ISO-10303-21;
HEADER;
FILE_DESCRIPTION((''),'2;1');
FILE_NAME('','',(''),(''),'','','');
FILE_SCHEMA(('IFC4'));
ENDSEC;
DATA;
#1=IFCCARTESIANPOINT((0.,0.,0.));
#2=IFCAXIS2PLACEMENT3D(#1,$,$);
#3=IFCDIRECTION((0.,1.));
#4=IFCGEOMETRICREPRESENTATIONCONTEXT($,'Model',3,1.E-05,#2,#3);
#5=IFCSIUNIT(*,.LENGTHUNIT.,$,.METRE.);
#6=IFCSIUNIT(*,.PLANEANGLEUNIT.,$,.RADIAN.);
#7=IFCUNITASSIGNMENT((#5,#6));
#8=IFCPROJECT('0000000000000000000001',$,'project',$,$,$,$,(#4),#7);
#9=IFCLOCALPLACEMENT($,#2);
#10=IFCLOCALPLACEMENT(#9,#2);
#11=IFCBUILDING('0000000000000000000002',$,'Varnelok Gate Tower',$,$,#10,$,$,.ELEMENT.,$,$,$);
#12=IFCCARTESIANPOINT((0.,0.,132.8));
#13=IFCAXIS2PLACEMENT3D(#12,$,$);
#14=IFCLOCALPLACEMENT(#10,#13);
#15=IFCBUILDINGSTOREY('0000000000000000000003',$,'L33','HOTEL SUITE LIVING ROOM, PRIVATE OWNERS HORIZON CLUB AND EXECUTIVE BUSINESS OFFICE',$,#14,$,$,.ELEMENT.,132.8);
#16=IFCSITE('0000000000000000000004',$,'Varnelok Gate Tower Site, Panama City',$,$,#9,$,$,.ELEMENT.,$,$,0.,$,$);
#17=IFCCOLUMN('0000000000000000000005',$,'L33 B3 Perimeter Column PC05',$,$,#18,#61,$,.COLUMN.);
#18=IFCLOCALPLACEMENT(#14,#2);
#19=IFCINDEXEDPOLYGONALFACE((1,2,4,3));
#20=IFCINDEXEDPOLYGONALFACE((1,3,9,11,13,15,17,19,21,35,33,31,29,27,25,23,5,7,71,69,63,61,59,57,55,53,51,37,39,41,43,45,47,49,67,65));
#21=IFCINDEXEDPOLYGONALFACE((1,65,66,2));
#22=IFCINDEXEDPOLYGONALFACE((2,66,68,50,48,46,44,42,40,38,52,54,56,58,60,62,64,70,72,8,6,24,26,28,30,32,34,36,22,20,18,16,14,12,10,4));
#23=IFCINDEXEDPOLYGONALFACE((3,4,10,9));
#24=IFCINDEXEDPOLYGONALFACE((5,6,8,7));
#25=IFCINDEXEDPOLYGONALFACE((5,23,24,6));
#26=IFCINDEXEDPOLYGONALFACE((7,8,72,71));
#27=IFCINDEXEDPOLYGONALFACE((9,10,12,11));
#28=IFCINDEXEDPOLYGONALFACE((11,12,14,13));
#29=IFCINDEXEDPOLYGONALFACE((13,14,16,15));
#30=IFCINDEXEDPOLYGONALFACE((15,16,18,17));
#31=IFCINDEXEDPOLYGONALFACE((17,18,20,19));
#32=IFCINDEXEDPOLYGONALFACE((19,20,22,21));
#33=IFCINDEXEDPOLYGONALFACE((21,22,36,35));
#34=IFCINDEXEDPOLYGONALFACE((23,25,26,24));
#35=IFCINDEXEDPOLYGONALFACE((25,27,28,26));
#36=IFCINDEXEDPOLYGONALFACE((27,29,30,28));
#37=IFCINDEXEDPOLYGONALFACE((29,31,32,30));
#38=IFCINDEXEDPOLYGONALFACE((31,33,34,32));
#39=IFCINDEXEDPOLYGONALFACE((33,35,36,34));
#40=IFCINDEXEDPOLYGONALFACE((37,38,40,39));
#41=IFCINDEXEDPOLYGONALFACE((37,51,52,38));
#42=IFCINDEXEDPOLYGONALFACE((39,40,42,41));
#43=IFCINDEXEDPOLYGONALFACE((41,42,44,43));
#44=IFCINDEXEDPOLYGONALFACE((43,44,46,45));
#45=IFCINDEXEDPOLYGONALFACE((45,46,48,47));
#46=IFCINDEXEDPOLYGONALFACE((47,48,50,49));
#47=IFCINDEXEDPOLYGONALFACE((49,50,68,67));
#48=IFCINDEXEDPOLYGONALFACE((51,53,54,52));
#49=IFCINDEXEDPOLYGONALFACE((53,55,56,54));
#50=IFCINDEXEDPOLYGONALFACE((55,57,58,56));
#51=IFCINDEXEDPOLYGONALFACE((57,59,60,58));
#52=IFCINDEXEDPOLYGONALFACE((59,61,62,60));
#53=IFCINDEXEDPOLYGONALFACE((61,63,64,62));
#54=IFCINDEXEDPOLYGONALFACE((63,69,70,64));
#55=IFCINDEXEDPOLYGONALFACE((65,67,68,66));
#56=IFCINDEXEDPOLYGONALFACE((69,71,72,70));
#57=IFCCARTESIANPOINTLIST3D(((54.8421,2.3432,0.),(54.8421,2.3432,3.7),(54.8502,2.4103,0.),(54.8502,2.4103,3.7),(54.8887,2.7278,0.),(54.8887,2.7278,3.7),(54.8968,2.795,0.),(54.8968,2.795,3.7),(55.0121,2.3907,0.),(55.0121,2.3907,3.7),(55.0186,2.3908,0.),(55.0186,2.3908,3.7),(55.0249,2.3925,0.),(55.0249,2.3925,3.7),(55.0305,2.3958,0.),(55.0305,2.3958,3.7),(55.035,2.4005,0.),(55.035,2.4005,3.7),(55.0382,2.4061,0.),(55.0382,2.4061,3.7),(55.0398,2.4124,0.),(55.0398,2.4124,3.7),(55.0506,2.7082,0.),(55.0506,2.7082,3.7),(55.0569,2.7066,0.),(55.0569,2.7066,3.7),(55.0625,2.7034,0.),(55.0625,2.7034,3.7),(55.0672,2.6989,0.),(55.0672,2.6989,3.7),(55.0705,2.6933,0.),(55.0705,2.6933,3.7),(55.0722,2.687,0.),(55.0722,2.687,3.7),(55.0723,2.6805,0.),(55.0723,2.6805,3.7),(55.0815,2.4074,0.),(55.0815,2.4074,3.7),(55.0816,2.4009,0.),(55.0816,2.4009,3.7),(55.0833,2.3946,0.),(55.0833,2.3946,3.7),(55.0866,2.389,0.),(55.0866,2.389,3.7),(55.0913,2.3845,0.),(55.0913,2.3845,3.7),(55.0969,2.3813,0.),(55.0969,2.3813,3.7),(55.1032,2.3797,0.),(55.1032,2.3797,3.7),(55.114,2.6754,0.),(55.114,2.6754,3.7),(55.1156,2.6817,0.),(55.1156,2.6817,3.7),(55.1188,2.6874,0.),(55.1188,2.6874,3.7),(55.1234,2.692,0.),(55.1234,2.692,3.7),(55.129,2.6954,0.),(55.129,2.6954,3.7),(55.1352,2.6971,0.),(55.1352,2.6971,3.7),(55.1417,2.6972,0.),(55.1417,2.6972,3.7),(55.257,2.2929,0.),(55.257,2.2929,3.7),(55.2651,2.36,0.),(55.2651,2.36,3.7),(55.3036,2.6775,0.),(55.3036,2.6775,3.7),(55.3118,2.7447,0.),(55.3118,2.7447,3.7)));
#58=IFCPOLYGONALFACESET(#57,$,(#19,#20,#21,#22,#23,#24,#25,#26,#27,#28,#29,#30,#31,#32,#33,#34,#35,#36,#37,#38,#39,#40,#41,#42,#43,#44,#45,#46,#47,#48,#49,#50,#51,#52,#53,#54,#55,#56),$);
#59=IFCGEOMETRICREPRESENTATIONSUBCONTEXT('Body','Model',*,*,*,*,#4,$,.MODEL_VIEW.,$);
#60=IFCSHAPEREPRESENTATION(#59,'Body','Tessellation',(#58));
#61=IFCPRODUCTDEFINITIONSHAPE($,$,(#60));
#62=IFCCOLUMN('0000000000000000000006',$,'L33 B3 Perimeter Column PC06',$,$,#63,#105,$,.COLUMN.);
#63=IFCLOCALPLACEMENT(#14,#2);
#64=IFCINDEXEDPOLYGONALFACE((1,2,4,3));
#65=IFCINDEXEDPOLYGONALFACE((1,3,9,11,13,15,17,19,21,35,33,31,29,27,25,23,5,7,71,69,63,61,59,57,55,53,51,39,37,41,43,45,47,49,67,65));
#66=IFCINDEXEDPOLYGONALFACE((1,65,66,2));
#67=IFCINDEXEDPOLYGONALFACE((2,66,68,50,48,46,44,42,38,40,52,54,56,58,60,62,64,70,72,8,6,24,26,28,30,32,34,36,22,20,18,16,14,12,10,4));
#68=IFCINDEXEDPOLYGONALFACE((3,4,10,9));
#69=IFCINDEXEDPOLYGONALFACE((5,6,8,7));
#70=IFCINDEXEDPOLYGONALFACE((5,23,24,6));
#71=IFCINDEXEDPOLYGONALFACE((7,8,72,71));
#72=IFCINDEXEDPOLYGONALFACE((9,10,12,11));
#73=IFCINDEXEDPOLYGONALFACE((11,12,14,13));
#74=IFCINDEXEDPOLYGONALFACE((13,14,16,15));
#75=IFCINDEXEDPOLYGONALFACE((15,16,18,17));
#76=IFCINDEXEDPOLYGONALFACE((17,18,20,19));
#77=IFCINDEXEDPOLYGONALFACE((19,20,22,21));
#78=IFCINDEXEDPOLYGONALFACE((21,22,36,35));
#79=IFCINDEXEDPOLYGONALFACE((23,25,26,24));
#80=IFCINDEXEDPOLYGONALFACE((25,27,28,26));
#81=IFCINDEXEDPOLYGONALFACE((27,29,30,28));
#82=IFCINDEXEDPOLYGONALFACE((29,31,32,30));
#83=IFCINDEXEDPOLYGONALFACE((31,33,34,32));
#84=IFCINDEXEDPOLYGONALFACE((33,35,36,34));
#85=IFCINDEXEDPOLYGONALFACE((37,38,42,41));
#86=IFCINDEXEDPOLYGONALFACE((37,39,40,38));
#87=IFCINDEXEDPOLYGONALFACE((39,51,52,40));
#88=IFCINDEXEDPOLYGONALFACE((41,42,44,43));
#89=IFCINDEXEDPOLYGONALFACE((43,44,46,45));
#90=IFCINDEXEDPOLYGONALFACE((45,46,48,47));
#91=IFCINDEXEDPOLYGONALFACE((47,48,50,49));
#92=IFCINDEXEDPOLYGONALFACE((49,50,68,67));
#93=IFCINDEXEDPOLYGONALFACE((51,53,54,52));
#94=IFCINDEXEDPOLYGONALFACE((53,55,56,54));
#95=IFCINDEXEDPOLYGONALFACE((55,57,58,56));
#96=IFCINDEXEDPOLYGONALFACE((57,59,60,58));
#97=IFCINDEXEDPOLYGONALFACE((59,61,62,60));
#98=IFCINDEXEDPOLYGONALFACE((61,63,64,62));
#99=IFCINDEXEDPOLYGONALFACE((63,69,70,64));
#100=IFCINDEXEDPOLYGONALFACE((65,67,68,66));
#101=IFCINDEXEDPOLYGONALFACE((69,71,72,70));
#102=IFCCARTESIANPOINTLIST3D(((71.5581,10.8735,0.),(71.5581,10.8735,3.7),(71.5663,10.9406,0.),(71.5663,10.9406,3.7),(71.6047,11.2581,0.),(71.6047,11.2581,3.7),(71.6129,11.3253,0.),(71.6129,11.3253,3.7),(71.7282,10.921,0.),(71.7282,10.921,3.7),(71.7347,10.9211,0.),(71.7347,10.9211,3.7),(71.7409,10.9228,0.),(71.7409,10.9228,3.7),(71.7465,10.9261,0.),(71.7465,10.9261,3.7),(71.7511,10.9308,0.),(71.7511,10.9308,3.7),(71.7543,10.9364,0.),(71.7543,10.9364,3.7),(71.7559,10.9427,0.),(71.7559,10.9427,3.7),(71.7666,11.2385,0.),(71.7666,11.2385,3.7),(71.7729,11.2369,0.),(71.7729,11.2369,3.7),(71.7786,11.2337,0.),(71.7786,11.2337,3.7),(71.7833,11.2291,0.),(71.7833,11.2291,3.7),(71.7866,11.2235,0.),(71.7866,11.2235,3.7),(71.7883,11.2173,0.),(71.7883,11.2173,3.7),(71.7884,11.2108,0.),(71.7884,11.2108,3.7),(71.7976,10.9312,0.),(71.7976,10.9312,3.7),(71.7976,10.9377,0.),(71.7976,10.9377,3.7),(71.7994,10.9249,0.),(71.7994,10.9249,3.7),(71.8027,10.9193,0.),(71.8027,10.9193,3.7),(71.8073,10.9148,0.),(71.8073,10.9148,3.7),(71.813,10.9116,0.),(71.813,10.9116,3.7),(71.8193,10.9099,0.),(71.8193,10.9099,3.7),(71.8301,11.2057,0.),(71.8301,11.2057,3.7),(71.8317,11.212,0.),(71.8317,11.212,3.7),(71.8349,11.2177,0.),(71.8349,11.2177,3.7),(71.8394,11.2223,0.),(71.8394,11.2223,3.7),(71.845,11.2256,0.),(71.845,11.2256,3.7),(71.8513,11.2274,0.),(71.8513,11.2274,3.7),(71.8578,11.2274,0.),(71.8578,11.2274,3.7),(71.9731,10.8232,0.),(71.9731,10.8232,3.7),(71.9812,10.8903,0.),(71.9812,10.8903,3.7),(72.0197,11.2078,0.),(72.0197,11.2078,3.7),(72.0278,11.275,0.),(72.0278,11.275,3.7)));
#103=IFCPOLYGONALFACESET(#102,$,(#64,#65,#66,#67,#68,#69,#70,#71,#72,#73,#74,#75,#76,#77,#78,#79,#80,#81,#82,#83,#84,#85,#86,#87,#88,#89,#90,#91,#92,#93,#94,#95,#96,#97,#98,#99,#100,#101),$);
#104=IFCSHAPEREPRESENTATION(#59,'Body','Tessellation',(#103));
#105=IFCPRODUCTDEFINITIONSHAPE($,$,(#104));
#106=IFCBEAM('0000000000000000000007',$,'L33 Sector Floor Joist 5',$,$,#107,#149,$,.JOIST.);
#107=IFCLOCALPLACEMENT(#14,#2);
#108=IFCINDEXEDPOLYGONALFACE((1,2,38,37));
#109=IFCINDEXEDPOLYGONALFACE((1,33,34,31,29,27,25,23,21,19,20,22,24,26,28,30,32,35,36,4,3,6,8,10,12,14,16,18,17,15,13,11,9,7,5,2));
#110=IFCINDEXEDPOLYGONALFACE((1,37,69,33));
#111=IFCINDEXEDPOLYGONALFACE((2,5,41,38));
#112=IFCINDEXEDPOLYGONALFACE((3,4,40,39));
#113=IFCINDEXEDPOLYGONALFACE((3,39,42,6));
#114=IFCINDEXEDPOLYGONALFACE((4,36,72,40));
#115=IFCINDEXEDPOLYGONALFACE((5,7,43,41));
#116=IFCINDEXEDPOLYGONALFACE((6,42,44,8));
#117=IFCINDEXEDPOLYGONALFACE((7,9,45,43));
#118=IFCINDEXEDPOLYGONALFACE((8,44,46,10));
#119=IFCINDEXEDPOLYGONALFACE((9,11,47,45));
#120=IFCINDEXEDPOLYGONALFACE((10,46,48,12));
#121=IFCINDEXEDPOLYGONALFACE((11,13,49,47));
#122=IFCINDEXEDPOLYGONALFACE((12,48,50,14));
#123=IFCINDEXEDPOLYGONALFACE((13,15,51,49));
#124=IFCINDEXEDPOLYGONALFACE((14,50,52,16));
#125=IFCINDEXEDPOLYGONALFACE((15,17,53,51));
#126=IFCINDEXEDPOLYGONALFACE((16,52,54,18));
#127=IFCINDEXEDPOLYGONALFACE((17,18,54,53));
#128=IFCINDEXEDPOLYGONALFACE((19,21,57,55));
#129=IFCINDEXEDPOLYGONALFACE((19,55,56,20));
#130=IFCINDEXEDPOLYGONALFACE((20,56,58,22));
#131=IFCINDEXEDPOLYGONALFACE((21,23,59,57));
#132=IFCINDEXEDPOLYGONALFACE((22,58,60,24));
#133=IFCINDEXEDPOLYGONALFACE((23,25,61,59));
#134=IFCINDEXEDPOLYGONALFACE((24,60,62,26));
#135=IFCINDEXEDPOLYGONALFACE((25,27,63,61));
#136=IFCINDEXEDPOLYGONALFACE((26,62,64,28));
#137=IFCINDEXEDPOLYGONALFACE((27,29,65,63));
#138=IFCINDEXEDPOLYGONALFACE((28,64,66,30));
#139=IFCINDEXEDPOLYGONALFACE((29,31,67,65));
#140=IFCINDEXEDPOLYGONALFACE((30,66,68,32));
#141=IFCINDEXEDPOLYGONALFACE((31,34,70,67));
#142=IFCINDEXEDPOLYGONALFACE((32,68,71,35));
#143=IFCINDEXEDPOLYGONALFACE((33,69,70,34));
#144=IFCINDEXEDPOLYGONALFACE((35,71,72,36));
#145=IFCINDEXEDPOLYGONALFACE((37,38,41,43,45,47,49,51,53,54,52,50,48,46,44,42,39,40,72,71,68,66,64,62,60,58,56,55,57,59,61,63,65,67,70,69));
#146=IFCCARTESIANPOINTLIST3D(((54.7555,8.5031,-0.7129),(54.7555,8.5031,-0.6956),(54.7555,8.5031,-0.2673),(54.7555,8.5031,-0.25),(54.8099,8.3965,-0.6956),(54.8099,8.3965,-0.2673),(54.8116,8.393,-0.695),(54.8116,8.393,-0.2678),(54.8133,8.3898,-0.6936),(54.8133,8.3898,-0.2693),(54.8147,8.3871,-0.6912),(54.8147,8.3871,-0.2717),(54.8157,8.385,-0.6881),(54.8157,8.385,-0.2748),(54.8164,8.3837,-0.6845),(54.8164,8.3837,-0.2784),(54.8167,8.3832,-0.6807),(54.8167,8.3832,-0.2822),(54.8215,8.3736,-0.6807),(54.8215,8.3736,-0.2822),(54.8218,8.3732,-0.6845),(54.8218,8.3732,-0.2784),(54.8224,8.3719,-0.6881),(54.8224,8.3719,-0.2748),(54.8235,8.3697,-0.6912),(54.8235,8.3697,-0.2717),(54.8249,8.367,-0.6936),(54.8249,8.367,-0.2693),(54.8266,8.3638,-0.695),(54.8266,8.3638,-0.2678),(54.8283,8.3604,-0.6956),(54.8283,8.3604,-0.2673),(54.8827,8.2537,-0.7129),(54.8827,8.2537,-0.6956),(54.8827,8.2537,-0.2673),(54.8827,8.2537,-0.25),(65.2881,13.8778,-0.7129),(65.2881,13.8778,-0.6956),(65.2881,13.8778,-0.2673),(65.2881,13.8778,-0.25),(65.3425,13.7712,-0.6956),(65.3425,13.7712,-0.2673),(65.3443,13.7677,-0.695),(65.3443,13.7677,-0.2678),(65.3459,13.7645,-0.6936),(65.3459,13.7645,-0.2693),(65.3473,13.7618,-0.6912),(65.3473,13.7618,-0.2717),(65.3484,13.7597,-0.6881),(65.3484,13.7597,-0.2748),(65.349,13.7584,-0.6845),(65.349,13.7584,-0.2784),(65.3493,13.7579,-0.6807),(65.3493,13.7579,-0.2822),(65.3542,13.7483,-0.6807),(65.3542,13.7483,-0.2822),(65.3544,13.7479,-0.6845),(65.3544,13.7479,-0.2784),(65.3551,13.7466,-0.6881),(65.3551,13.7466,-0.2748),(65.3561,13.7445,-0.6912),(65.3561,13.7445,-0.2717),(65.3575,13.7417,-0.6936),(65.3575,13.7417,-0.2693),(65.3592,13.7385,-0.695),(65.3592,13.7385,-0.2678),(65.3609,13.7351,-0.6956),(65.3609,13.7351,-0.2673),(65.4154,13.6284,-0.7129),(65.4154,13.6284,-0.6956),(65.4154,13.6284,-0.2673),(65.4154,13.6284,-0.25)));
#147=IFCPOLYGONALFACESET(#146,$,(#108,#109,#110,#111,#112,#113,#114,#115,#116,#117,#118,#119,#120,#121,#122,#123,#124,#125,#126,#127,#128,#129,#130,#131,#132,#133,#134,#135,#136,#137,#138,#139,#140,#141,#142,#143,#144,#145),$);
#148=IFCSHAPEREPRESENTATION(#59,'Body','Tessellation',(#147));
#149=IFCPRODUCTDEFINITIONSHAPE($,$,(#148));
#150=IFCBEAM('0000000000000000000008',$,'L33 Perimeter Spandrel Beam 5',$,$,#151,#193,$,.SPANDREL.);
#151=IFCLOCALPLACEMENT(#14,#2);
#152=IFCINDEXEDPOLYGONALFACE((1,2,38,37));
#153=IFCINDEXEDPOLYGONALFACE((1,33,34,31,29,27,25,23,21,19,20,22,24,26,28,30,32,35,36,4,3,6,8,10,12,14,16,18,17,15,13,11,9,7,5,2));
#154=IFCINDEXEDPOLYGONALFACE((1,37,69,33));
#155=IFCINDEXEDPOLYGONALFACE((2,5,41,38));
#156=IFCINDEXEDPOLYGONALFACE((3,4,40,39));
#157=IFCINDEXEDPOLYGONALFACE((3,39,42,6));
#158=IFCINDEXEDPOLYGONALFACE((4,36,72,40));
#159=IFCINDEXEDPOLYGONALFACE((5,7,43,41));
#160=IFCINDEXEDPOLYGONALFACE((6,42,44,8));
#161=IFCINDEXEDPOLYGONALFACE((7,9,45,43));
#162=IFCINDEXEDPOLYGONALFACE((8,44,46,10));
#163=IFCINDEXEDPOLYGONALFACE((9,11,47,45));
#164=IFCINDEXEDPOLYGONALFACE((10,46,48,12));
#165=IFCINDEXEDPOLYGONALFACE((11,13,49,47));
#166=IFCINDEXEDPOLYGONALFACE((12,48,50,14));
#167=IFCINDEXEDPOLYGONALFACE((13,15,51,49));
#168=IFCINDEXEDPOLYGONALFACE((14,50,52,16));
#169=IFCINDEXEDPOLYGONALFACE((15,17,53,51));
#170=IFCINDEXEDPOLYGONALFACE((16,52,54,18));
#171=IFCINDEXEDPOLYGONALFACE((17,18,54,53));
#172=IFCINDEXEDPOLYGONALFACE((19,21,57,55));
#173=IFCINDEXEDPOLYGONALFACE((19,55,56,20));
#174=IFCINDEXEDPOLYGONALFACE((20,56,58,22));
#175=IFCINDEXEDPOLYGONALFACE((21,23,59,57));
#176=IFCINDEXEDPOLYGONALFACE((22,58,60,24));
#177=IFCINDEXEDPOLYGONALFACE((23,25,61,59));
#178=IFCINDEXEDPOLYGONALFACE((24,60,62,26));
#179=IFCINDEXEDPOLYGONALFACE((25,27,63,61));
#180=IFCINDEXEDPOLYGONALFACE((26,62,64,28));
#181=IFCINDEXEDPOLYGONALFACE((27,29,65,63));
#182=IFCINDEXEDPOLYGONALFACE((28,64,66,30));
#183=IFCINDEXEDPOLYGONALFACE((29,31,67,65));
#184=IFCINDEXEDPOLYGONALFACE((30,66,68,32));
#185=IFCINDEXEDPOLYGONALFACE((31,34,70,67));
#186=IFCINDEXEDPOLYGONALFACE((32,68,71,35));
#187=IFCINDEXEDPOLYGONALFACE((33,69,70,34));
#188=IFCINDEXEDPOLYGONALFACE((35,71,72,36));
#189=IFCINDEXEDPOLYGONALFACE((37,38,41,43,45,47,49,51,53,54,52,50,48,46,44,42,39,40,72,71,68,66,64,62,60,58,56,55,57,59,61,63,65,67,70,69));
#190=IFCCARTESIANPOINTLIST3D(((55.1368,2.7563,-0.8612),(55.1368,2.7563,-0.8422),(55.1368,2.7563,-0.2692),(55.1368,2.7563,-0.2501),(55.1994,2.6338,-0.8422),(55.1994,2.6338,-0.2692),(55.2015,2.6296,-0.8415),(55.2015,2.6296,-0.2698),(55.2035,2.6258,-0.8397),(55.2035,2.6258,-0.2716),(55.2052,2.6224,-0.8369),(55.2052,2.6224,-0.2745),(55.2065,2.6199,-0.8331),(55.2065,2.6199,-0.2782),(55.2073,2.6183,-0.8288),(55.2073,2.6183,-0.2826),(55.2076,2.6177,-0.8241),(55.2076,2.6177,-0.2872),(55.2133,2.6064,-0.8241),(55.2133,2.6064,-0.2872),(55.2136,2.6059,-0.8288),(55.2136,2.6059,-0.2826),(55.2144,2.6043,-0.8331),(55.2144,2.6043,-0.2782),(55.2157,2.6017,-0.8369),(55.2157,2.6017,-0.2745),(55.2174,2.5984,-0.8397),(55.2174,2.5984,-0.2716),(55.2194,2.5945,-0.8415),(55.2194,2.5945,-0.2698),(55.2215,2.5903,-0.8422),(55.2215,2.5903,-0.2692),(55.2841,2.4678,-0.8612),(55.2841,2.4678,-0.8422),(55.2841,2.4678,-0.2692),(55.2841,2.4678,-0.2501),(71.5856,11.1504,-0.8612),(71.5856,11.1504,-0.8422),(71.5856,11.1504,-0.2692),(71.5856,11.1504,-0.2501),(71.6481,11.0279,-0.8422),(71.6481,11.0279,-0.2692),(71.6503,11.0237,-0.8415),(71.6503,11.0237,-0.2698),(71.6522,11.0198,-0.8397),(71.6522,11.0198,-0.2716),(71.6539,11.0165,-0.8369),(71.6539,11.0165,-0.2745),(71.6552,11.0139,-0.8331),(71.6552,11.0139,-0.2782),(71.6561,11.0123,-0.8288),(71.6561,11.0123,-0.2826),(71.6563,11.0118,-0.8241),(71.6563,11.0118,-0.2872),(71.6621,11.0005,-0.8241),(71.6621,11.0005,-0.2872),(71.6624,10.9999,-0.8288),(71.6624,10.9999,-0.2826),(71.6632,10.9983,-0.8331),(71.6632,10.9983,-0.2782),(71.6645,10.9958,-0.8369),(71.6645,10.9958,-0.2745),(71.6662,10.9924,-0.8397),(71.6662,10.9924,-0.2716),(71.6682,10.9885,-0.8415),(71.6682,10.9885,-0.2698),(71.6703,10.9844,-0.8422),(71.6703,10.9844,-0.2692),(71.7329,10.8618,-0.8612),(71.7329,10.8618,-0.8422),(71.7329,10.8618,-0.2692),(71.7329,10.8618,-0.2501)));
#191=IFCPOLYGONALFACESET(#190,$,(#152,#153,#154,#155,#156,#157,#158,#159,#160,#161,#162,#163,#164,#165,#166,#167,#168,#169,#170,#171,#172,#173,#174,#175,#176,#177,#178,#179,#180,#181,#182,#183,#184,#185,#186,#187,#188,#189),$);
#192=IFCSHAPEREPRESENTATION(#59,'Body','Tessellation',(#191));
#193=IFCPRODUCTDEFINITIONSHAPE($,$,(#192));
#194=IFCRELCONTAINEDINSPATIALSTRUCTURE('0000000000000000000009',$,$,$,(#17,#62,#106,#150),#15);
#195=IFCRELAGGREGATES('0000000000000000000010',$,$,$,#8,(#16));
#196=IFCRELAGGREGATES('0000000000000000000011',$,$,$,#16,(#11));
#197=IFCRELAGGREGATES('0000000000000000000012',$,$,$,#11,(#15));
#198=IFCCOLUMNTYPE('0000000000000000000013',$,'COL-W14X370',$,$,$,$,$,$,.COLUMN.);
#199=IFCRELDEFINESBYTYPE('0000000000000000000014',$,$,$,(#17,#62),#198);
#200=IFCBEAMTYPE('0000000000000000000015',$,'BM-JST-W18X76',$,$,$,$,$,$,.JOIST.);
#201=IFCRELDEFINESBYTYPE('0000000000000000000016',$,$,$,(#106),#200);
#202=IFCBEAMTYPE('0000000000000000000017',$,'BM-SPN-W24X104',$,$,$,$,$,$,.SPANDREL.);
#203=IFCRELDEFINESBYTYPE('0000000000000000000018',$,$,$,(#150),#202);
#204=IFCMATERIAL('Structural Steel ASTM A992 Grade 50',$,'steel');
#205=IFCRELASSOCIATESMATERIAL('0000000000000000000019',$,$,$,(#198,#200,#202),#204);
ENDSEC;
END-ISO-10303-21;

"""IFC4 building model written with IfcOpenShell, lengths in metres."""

from ifc_helpers import new_model, si_unit, direction, frame, origin, origin_2d, place, context, subcontext, project, spatial, i_section, extrude, material, material_profile, profile_set, type_object, element, save


model = new_model("IFC4")

# Units and contexts
model_context = context("Model", 3, precision=1e-05, world=origin(), true_north=direction((0.0, 1.0)))
body_context = subcontext(model_context, "Body", "Model", "MODEL_VIEW")
ifc_project = project(units=[si_unit("LENGTHUNIT", "METRE"), si_unit("PLANEANGLEUNIT", "RADIAN")], contexts=[model_context])

# Site, building, storey
site_placement = place(None, origin())
site = spatial("IfcSite", under=ifc_project, at=site_placement, Name="Varnelok Gate Tower Site, Panama City", CompositionType="ELEMENT", RefElevation=0.0)
building_placement = place(site_placement, origin())
building = spatial("IfcBuilding", under=site, at=building_placement, Name="Varnelok Gate Tower", CompositionType="ELEMENT")
storey_placement = place(building_placement, frame((0.0, 0.0, 132.8)))
storey = spatial("IfcBuildingStorey", under=building, at=storey_placement, Name="L33", Description="HOTEL SUITE LIVING ROOM, PRIVATE OWNERS HORIZON CLUB AND EXECUTIVE BUSINESS OFFICE", CompositionType="ELEMENT", Elevation=132.8)

# Columns
ifc_material_1 = material(Name="Structural Steel ASTM A992 Grade 50", Category="steel")
ifc_material_profile_1 = material_profile(ifc_material_1, i_section(OverallWidth=0.418, OverallDepth=0.4551, WebThickness=0.042, FlangeThickness=0.0676, FilletRadius=0.0249, at=origin_2d()), Name="W14X370")
ifc_profile_set_1 = profile_set([ifc_material_profile_1], Name="Structural Steel ASTM A992 Grade 50")
column_type = type_object("IfcColumnType", Name="COL-W14X370", PredefinedType="COLUMN", material=ifc_profile_set_1)
for number, where, z_axis, x_axis, name in (
    (1, (55.0769, 2.5439, 0.0), (0.0, 0.0, 1.0), (0.992732, -0.120345, 0.0), "L33 B3 Perimeter Column PC05"),
    (2, (71.793, 11.0742, 0.0), (0.0, 0.0, 1.0), (0.992732, -0.120345, 0.0), "L33 B3 Perimeter Column PC06"),
):
    element("IfcColumn", number, at=place(storey_placement, frame(where, z_axis=z_axis, x_axis=x_axis)), inside=storey, type_object=column_type, Name=name, PredefinedType="COLUMN", context=body_context, shape_type="SweptSolid", body=[
        extrude(i_section(OverallWidth=0.418, OverallDepth=0.4551, WebThickness=0.042, FlangeThickness=0.0676, FilletRadius=0.0249, at=origin_2d()), origin(), (0.0, 0.0, 1.0), 3.7),
    ])

# Beams
ifc_material_profile_2 = material_profile(ifc_material_1, i_section(OverallWidth=0.28, OverallDepth=0.4629, WebThickness=0.0107, FlangeThickness=0.0173, FilletRadius=0.0149, at=origin_2d()), Name="W18X76")
ifc_profile_set_2 = profile_set([ifc_material_profile_2], Name="Structural Steel ASTM A992 Grade 50")
beam_type_1 = type_object("IfcBeamType", Name="BM-JST-W18X76", PredefinedType="JOIST", material=ifc_profile_set_2)
beam_1_placement = place(storey_placement, frame((54.8191, 8.3784, -0.4814), z_axis=(0.89073, 0.454532, 0.0), x_axis=(-0.454532, 0.89073, 0.0)))
element("IfcBeam", 3, at=beam_1_placement, inside=storey, type_object=beam_type_1, Name="L33 Sector Floor Joist 5", PredefinedType="JOIST", context=body_context, shape_type="SweptSolid", body=[
    extrude(i_section(OverallWidth=0.28, OverallDepth=0.4629, WebThickness=0.0107, FlangeThickness=0.0173, FilletRadius=0.0149, at=origin_2d()), origin(), (0.0, 0.0, 1.0), 11.8247),
])
ifc_material_profile_3 = material_profile(ifc_material_1, i_section(OverallWidth=0.324, OverallDepth=0.6111, WebThickness=0.0127, FlangeThickness=0.019, FilletRadius=0.0181, at=origin_2d()), Name="W24X104")
ifc_profile_set_3 = profile_set([ifc_material_profile_3], Name="Structural Steel ASTM A992 Grade 50")
beam_type_2 = type_object("IfcBeamType", Name="BM-SPN-W24X104", PredefinedType="SPANDREL", material=ifc_profile_set_3)
beam_2_placement = place(storey_placement, frame((55.2104, 2.6121, -0.5557), z_axis=(0.890722, 0.454549, 0.0), x_axis=(-0.454549, 0.890722, 0.0)))
element("IfcBeam", 4, at=beam_2_placement, inside=storey, type_object=beam_type_2, Name="L33 Perimeter Spandrel Beam 5", PredefinedType="SPANDREL", context=body_context, shape_type="SweptSolid", body=[
    extrude(i_section(OverallWidth=0.324, OverallDepth=0.6111, WebThickness=0.0127, FlangeThickness=0.019, FilletRadius=0.0181, at=origin_2d()), origin(), (0.0, 0.0, 1.0), 18.4668),
])

save(model, "model.ifc")
